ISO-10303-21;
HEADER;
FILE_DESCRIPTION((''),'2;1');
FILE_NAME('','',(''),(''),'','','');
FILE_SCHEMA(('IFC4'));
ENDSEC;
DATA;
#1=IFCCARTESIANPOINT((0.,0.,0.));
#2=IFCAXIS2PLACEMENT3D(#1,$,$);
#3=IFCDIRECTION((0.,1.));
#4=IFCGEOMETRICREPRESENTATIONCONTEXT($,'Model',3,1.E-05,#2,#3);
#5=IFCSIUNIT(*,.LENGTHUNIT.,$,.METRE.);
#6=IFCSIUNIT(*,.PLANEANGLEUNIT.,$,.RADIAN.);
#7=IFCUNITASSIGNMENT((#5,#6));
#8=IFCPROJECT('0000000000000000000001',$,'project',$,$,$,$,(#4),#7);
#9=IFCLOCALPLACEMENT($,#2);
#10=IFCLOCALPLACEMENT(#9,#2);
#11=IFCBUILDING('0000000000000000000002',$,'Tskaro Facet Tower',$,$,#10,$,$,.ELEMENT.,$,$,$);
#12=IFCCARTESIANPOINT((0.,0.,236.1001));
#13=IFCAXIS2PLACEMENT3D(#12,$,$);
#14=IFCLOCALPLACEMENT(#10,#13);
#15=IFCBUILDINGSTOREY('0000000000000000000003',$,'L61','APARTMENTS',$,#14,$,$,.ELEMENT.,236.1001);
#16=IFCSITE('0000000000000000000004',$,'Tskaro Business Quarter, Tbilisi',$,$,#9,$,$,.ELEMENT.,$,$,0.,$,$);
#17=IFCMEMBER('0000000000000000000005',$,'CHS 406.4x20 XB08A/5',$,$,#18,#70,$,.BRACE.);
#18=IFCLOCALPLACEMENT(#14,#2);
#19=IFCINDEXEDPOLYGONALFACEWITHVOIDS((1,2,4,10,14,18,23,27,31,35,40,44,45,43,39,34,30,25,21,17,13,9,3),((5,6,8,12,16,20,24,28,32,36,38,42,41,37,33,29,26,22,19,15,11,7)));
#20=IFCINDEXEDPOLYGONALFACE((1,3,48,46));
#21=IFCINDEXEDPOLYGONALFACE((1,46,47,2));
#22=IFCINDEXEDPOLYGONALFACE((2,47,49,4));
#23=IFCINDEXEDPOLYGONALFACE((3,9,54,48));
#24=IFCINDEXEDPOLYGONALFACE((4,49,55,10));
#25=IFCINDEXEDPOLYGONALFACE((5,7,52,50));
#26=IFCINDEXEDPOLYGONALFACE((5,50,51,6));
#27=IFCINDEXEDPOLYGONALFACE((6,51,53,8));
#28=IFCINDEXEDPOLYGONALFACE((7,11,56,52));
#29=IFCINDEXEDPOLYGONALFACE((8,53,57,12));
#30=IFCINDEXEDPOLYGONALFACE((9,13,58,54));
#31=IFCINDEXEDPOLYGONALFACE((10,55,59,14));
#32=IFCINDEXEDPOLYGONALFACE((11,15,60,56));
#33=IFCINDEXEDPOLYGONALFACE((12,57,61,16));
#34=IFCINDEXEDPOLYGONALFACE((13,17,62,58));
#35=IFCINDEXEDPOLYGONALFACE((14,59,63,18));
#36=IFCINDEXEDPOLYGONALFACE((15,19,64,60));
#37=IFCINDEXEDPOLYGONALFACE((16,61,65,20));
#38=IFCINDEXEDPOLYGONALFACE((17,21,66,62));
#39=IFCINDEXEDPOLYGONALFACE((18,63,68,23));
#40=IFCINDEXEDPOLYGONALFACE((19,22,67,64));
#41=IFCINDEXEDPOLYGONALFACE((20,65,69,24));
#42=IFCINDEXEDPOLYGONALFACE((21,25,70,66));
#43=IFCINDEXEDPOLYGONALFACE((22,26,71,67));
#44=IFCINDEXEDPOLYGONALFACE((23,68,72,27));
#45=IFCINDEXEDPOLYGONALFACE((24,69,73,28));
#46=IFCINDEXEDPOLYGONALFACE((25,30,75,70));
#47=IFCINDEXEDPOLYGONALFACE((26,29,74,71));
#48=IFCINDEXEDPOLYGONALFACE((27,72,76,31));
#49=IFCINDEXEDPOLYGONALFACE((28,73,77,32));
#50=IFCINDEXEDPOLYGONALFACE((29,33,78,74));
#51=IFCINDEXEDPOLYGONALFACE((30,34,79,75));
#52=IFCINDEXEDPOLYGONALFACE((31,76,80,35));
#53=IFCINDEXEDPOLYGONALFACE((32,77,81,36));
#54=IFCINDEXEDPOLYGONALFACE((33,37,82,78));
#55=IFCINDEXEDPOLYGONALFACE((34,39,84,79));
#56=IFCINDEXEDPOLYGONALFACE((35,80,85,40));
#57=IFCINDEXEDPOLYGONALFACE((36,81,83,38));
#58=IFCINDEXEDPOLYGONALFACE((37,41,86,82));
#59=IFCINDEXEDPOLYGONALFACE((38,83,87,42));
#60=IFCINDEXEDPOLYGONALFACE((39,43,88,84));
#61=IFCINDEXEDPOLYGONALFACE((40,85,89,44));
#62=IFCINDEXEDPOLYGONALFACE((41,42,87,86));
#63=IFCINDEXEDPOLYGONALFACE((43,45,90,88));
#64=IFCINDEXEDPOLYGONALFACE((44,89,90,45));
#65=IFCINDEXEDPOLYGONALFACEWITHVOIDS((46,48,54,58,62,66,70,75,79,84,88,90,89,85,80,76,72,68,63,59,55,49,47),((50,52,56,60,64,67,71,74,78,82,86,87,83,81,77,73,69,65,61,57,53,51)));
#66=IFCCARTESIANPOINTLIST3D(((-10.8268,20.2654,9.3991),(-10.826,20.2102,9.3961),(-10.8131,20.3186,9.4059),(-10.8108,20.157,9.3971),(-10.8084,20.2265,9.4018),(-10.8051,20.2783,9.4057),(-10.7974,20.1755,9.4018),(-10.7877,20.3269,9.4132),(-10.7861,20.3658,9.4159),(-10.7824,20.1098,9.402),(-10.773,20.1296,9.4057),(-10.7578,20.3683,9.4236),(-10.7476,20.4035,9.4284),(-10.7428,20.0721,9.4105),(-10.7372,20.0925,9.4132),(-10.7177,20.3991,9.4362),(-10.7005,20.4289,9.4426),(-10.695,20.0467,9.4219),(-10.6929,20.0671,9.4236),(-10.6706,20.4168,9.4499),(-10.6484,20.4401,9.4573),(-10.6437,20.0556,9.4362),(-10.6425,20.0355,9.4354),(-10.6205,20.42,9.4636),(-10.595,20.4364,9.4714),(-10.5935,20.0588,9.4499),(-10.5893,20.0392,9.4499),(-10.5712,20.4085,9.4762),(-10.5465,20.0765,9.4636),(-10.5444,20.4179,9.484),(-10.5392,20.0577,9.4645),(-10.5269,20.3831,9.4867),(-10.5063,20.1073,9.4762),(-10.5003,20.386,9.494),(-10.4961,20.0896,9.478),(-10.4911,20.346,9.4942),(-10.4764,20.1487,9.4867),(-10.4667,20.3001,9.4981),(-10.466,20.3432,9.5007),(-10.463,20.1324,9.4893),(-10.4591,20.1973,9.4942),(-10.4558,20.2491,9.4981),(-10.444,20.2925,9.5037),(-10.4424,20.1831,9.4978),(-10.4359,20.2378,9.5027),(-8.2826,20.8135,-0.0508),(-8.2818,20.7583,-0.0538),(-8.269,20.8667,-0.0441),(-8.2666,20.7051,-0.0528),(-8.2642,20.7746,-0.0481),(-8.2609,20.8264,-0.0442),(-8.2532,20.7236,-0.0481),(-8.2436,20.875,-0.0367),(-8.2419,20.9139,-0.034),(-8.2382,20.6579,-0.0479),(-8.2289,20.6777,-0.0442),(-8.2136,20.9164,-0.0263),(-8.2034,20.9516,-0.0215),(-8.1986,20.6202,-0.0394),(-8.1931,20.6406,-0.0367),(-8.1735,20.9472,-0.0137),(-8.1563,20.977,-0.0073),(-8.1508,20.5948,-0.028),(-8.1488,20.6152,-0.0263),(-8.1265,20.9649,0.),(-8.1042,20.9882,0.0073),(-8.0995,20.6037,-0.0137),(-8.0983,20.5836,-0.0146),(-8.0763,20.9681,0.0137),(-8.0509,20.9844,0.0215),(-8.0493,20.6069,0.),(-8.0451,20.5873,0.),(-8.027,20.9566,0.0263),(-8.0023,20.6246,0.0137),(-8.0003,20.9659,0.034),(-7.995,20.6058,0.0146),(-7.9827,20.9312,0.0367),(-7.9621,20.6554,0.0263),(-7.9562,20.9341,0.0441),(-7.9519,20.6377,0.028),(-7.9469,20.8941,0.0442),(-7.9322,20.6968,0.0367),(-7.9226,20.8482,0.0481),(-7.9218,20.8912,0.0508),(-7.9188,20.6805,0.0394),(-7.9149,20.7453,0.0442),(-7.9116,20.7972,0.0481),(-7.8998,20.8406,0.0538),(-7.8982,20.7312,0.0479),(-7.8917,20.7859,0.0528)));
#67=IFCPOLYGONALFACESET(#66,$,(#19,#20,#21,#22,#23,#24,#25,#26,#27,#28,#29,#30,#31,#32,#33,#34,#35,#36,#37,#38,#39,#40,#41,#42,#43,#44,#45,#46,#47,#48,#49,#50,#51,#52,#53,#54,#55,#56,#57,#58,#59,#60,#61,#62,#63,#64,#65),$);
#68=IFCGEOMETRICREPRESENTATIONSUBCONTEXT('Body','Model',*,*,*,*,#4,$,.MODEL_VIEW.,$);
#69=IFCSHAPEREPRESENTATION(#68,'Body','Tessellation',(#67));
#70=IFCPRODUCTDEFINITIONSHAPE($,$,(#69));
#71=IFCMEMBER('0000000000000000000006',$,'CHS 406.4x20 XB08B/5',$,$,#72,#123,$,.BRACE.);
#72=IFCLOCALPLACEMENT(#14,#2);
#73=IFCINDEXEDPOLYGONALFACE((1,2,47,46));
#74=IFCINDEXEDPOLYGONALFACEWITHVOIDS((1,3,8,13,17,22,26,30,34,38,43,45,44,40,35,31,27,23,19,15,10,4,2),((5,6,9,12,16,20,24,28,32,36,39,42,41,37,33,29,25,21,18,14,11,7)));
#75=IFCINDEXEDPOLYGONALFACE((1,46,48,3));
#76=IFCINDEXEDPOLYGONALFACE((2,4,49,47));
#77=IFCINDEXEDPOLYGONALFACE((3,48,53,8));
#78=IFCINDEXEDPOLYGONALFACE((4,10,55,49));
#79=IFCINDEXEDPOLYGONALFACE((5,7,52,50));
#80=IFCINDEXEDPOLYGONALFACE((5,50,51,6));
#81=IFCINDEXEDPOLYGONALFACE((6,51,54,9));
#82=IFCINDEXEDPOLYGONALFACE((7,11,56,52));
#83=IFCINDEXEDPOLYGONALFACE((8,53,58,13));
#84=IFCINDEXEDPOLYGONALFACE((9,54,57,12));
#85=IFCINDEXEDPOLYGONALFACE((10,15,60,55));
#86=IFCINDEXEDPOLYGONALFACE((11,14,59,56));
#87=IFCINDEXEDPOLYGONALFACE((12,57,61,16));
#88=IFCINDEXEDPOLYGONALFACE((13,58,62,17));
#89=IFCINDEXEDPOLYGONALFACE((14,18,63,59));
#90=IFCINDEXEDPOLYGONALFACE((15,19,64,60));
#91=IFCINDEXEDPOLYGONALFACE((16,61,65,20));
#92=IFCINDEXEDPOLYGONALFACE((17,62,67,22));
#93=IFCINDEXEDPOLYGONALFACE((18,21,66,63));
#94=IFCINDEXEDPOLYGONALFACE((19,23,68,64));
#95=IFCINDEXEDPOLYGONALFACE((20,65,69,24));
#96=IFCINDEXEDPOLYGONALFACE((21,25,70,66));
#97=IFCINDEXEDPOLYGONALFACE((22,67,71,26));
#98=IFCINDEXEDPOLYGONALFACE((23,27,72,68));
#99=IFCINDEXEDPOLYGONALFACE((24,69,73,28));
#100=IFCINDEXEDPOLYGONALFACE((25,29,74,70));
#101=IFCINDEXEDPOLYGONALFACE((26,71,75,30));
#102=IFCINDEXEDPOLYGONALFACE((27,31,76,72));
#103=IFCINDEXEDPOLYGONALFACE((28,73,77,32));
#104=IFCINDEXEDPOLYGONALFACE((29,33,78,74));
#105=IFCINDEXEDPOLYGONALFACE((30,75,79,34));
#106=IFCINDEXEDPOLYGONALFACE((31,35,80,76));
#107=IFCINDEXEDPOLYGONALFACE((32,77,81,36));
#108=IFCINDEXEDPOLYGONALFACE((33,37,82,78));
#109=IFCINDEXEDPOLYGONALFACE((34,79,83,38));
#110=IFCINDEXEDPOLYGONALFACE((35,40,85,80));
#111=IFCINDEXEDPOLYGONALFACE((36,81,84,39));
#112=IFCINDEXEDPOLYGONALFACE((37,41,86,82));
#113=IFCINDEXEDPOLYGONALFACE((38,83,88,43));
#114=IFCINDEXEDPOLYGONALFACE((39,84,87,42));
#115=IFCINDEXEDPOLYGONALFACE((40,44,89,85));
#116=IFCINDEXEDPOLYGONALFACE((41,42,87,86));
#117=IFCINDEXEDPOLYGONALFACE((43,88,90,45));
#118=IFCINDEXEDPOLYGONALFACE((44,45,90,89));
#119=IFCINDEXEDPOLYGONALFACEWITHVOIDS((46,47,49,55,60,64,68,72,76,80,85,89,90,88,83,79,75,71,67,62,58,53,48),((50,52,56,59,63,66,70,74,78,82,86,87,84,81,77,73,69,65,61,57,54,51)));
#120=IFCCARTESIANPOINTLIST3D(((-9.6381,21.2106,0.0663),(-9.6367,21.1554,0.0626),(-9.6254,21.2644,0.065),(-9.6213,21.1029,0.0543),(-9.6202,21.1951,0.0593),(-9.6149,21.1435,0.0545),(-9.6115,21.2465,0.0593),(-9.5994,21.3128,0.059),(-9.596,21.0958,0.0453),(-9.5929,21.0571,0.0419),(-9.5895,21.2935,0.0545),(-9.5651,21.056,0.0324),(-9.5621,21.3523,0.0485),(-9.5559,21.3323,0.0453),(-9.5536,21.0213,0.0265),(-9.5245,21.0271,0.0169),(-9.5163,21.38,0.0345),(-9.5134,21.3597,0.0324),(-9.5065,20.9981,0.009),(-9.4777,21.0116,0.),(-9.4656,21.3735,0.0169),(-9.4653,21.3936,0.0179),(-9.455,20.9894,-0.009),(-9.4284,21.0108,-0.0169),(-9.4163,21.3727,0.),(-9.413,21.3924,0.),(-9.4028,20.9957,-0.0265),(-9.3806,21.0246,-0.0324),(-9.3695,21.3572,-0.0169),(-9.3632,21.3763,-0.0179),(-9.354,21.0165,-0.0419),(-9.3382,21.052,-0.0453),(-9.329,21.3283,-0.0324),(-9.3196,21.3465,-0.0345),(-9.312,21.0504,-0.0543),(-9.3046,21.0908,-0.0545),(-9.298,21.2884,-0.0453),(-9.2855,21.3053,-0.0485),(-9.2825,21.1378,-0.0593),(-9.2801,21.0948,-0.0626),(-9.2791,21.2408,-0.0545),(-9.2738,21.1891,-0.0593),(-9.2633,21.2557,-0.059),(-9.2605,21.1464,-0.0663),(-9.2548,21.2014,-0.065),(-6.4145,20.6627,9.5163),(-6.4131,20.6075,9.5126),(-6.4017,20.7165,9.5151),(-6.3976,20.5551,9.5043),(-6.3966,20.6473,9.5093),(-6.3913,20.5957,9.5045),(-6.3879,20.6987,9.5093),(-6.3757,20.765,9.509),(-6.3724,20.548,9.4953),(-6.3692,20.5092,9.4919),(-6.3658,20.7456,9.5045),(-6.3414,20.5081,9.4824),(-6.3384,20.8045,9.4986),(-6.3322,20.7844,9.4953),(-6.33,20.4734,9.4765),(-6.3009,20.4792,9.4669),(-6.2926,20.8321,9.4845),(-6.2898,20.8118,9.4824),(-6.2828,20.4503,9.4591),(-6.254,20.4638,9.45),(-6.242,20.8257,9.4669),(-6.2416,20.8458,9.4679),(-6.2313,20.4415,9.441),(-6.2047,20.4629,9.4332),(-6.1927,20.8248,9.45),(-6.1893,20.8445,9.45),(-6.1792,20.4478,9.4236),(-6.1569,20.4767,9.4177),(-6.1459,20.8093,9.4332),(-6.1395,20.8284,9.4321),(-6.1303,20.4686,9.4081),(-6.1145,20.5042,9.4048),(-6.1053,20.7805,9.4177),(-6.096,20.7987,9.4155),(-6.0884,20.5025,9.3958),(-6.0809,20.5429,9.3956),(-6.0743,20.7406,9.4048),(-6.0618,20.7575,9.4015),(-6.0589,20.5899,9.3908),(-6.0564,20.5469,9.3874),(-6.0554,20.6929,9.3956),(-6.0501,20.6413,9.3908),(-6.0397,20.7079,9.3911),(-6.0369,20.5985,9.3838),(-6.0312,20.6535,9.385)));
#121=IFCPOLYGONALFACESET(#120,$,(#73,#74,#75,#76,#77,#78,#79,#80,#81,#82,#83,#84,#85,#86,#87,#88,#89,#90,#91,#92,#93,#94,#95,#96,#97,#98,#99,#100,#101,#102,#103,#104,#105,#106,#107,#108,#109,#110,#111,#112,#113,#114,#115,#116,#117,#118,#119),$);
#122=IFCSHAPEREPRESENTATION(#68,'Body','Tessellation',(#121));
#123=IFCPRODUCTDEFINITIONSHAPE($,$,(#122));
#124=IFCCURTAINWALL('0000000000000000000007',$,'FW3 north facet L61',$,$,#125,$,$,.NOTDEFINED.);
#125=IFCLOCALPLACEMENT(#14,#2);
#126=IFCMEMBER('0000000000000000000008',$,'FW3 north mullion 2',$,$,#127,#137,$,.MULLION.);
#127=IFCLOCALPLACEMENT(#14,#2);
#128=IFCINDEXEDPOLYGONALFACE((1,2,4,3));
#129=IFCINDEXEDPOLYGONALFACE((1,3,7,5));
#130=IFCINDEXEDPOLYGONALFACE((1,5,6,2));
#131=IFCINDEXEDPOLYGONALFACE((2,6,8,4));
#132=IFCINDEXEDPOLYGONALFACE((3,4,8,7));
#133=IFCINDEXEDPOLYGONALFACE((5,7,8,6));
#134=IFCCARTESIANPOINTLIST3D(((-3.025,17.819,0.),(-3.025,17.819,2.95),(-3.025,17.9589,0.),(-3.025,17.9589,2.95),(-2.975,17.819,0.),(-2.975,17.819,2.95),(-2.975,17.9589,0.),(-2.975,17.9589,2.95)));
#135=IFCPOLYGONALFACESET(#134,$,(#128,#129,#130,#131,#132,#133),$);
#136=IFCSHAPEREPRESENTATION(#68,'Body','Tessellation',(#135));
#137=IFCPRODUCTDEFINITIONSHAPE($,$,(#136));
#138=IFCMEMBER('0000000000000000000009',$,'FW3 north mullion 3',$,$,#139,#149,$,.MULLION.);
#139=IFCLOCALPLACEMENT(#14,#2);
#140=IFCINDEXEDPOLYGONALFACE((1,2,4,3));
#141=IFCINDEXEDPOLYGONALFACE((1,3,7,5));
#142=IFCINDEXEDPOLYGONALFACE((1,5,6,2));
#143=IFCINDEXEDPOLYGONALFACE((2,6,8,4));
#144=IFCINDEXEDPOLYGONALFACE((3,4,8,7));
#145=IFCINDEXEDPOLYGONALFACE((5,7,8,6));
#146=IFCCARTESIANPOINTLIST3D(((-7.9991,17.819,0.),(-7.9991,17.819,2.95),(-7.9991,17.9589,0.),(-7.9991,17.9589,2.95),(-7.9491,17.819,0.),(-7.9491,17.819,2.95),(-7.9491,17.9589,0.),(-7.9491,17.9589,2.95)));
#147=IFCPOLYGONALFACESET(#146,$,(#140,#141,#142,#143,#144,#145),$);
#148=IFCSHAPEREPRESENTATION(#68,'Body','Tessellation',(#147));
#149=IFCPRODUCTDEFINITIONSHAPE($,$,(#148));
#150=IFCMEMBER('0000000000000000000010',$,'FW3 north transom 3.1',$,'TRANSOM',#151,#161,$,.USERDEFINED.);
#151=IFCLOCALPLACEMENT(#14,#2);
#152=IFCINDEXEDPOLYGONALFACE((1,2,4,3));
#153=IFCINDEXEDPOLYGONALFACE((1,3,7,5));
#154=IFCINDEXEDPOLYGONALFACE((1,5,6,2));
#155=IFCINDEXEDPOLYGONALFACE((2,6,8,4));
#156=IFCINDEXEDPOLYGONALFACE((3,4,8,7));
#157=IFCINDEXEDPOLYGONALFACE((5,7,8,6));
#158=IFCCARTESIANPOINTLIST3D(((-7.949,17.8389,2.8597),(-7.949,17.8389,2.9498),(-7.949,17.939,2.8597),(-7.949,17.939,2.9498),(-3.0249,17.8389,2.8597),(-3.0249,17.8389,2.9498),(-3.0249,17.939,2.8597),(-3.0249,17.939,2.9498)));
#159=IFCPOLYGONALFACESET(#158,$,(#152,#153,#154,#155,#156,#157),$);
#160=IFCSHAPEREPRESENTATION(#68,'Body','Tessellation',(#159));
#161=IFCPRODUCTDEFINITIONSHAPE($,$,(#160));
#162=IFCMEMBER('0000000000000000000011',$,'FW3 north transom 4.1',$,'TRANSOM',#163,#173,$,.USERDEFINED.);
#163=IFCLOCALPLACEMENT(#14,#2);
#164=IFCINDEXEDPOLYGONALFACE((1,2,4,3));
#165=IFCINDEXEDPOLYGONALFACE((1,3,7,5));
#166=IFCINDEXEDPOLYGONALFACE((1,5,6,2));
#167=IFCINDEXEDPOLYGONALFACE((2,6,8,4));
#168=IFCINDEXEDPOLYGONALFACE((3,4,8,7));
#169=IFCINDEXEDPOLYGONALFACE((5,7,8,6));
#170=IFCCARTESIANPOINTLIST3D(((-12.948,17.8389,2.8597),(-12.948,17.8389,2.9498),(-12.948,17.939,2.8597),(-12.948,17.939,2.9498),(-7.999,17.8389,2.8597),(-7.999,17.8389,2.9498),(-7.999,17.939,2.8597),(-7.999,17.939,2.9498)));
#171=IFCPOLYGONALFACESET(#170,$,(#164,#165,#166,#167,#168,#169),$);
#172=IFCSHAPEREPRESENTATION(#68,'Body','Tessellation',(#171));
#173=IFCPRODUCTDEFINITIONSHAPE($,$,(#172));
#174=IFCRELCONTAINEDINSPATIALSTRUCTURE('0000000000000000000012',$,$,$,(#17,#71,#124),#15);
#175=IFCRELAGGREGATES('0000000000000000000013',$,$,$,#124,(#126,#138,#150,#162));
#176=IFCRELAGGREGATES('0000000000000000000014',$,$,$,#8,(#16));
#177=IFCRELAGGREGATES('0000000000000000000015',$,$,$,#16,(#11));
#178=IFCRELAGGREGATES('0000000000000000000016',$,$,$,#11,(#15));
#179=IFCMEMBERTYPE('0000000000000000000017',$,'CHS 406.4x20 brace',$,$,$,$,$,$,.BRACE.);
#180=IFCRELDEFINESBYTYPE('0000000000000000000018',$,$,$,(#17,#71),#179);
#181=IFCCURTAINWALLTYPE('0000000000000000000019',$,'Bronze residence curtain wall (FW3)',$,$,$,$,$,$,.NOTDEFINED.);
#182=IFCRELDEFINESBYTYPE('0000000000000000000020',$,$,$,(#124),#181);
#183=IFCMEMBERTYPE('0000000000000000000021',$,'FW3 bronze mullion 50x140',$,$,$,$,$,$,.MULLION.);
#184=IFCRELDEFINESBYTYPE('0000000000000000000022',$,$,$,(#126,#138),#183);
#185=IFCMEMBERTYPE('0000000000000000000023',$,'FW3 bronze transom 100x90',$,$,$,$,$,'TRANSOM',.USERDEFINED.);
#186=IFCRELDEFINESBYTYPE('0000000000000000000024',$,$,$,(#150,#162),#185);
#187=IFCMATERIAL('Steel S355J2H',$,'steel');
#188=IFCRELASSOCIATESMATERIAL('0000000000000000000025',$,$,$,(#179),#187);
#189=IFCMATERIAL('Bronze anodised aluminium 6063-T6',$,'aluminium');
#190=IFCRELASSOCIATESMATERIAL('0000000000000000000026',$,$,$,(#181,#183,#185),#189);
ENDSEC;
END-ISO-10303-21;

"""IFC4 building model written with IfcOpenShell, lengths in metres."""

from ifc_helpers import new_model, si_unit, direction, frame, origin, origin_2d, place, context, subcontext, project, spatial, rectangle, hollow_circle, extrude, material, material_profile, profile_set, type_object, element, aggregate, save


model = new_model("IFC4")

# Units and contexts
model_context = context("Model", 3, precision=1e-05, world=origin(), true_north=direction((0.0, 1.0)))
body_context = subcontext(model_context, "Body", "Model", "MODEL_VIEW")
ifc_project = project(units=[si_unit("LENGTHUNIT", "METRE"), si_unit("PLANEANGLEUNIT", "RADIAN")], contexts=[model_context])

# Site, building, storey
site_placement = place(None, origin())
site = spatial("IfcSite", under=ifc_project, at=site_placement, Name="Tskaro Business Quarter, Tbilisi", CompositionType="ELEMENT", RefElevation=0.0)
building_placement = place(site_placement, origin())
building = spatial("IfcBuilding", under=site, at=building_placement, Name="Tskaro Facet Tower", CompositionType="ELEMENT")
storey_placement = place(building_placement, frame((0.0, 0.0, 236.1001)))
storey = spatial("IfcBuildingStorey", under=building, at=storey_placement, Name="L61", Description="APARTMENTS", CompositionType="ELEMENT", Elevation=236.1001)

# Shared definitions
ifc_material_1 = material(Name="Steel S355J2H", Category="steel")

# Members
ifc_material_profile_1 = material_profile(ifc_material_1, hollow_circle(Radius=0.2031, WallThickness=0.02, at=origin_2d()), Name="CHS 406.4x20")
ifc_profile_set_1 = profile_set([ifc_material_profile_1], Name="Steel S355J2H")
member_type_1 = type_object("IfcMemberType", Name="CHS 406.4x20 brace", PredefinedType="BRACE", material=ifc_profile_set_1)
member_1_placement = place(storey_placement, frame((-8.0879, 20.7859, 0.0), z_axis=(-0.259564, -0.055918, 0.964106), x_axis=(0.210599, -0.977573, 0.0)))
element("IfcMember", 1, at=member_1_placement, inside=storey, type_object=member_type_1, Name="CHS 406.4x20 XB08A/5", PredefinedType="BRACE", context=body_context, shape_type="SweptSolid", body=[
    extrude(hollow_circle(Radius=0.2031, WallThickness=0.02, at=origin_2d()), origin(), (0.0, 0.0, 1.0), 9.8018),
])
member_2_placement = place(storey_placement, frame((-9.447, 21.1921, 0.0), z_axis=(0.322374, -0.054787, 0.945026), x_axis=(0.167546, 0.985864, 0.0)))
element("IfcMember", 2, at=member_2_placement, inside=storey, type_object=member_type_1, Name="CHS 406.4x20 XB08B/5", PredefinedType="BRACE", context=body_context, shape_type="SweptSolid", body=[
    extrude(hollow_circle(Radius=0.2031, WallThickness=0.02, at=origin_2d()), origin(), (0.0, 0.0, 1.0), 9.9998),
])

# Curtain wall, members
ifc_material_2 = material(Name="Bronze anodised aluminium 6063-T6", Category="aluminium")
curtain_wall_type = type_object("IfcCurtainWallType", Name="Bronze residence curtain wall (FW3)", PredefinedType="NOTDEFINED", material=ifc_material_2)
curtain_wall_placement = place(storey_placement, origin())
curtain_wall = element("IfcCurtainWall", 3, at=curtain_wall_placement, inside=storey, type_object=curtain_wall_type, Name="FW3 north facet L61", PredefinedType="NOTDEFINED")
ifc_material_profile_2 = material_profile(ifc_material_2, rectangle(XDim=0.05, YDim=0.1399, at=origin_2d()), Name="Mullion 50x140")
ifc_profile_set_2 = profile_set([ifc_material_profile_2], Name="Bronze anodised aluminium 6063-T6")
member_type_2 = type_object("IfcMemberType", Name="FW3 bronze mullion 50x140", PredefinedType="MULLION", material=ifc_profile_set_2)
member_3_placement = place(storey_placement, frame((-3.0, 17.8889, 0.0), z_axis=(0.0, 0.0, 1.0), x_axis=(-1.0, 0.0, 0.0)))
member_3 = element("IfcMember", 4, at=member_3_placement, type_object=member_type_2, Name="FW3 north mullion 2", PredefinedType="MULLION", context=body_context, shape_type="SweptSolid", body=[
    extrude(rectangle(XDim=0.05, YDim=0.1399, at=origin_2d()), origin(), (0.0, 0.0, 1.0), 2.95),
])
member_4_placement = place(storey_placement, frame((-7.9741, 17.8889, 0.0), z_axis=(0.0, 0.0, 1.0), x_axis=(-1.0, 0.0, 0.0)))
member_4 = element("IfcMember", 5, at=member_4_placement, type_object=member_type_2, Name="FW3 north mullion 3", PredefinedType="MULLION", context=body_context, shape_type="SweptSolid", body=[
    extrude(rectangle(XDim=0.05, YDim=0.1399, at=origin_2d()), origin(), (0.0, 0.0, 1.0), 2.95),
])
ifc_material_profile_3 = material_profile(ifc_material_2, rectangle(XDim=0.1001, YDim=0.0901, at=origin_2d()), Name="Transom 100x90")
ifc_profile_set_3 = profile_set([ifc_material_profile_3], Name="Bronze anodised aluminium 6063-T6")
member_type_3 = type_object("IfcMemberType", Name="FW3 bronze transom 100x90", ElementType="TRANSOM", PredefinedType="USERDEFINED", material=ifc_profile_set_3)
member_5_placement = place(storey_placement, frame((-3.0249, 17.8889, 2.9048), z_axis=(-1.0, 0.0, 0.0), x_axis=(0.0, -1.0, 0.0)))
member_5 = element("IfcMember", 6, at=member_5_placement, type_object=member_type_3, Name="FW3 north transom 3.1", ObjectType="TRANSOM", PredefinedType="USERDEFINED", context=body_context, shape_type="SweptSolid", body=[
    extrude(rectangle(XDim=0.1001, YDim=0.0901, at=origin_2d()), origin(), (0.0, 0.0, 1.0), 4.9241),
])
member_6_placement = place(storey_placement, frame((-7.999, 17.8889, 2.9048), z_axis=(-1.0, 0.0, 0.0), x_axis=(0.0, -1.0, 0.0)))
member_6 = element("IfcMember", 7, at=member_6_placement, type_object=member_type_3, Name="FW3 north transom 4.1", ObjectType="TRANSOM", PredefinedType="USERDEFINED", context=body_context, shape_type="SweptSolid", body=[
    extrude(rectangle(XDim=0.1001, YDim=0.0901, at=origin_2d()), origin(), (0.0, 0.0, 1.0), 4.949),
])

aggregate(curtain_wall, [member_3, member_4, member_5, member_6])

save(model, "model.ifc")
